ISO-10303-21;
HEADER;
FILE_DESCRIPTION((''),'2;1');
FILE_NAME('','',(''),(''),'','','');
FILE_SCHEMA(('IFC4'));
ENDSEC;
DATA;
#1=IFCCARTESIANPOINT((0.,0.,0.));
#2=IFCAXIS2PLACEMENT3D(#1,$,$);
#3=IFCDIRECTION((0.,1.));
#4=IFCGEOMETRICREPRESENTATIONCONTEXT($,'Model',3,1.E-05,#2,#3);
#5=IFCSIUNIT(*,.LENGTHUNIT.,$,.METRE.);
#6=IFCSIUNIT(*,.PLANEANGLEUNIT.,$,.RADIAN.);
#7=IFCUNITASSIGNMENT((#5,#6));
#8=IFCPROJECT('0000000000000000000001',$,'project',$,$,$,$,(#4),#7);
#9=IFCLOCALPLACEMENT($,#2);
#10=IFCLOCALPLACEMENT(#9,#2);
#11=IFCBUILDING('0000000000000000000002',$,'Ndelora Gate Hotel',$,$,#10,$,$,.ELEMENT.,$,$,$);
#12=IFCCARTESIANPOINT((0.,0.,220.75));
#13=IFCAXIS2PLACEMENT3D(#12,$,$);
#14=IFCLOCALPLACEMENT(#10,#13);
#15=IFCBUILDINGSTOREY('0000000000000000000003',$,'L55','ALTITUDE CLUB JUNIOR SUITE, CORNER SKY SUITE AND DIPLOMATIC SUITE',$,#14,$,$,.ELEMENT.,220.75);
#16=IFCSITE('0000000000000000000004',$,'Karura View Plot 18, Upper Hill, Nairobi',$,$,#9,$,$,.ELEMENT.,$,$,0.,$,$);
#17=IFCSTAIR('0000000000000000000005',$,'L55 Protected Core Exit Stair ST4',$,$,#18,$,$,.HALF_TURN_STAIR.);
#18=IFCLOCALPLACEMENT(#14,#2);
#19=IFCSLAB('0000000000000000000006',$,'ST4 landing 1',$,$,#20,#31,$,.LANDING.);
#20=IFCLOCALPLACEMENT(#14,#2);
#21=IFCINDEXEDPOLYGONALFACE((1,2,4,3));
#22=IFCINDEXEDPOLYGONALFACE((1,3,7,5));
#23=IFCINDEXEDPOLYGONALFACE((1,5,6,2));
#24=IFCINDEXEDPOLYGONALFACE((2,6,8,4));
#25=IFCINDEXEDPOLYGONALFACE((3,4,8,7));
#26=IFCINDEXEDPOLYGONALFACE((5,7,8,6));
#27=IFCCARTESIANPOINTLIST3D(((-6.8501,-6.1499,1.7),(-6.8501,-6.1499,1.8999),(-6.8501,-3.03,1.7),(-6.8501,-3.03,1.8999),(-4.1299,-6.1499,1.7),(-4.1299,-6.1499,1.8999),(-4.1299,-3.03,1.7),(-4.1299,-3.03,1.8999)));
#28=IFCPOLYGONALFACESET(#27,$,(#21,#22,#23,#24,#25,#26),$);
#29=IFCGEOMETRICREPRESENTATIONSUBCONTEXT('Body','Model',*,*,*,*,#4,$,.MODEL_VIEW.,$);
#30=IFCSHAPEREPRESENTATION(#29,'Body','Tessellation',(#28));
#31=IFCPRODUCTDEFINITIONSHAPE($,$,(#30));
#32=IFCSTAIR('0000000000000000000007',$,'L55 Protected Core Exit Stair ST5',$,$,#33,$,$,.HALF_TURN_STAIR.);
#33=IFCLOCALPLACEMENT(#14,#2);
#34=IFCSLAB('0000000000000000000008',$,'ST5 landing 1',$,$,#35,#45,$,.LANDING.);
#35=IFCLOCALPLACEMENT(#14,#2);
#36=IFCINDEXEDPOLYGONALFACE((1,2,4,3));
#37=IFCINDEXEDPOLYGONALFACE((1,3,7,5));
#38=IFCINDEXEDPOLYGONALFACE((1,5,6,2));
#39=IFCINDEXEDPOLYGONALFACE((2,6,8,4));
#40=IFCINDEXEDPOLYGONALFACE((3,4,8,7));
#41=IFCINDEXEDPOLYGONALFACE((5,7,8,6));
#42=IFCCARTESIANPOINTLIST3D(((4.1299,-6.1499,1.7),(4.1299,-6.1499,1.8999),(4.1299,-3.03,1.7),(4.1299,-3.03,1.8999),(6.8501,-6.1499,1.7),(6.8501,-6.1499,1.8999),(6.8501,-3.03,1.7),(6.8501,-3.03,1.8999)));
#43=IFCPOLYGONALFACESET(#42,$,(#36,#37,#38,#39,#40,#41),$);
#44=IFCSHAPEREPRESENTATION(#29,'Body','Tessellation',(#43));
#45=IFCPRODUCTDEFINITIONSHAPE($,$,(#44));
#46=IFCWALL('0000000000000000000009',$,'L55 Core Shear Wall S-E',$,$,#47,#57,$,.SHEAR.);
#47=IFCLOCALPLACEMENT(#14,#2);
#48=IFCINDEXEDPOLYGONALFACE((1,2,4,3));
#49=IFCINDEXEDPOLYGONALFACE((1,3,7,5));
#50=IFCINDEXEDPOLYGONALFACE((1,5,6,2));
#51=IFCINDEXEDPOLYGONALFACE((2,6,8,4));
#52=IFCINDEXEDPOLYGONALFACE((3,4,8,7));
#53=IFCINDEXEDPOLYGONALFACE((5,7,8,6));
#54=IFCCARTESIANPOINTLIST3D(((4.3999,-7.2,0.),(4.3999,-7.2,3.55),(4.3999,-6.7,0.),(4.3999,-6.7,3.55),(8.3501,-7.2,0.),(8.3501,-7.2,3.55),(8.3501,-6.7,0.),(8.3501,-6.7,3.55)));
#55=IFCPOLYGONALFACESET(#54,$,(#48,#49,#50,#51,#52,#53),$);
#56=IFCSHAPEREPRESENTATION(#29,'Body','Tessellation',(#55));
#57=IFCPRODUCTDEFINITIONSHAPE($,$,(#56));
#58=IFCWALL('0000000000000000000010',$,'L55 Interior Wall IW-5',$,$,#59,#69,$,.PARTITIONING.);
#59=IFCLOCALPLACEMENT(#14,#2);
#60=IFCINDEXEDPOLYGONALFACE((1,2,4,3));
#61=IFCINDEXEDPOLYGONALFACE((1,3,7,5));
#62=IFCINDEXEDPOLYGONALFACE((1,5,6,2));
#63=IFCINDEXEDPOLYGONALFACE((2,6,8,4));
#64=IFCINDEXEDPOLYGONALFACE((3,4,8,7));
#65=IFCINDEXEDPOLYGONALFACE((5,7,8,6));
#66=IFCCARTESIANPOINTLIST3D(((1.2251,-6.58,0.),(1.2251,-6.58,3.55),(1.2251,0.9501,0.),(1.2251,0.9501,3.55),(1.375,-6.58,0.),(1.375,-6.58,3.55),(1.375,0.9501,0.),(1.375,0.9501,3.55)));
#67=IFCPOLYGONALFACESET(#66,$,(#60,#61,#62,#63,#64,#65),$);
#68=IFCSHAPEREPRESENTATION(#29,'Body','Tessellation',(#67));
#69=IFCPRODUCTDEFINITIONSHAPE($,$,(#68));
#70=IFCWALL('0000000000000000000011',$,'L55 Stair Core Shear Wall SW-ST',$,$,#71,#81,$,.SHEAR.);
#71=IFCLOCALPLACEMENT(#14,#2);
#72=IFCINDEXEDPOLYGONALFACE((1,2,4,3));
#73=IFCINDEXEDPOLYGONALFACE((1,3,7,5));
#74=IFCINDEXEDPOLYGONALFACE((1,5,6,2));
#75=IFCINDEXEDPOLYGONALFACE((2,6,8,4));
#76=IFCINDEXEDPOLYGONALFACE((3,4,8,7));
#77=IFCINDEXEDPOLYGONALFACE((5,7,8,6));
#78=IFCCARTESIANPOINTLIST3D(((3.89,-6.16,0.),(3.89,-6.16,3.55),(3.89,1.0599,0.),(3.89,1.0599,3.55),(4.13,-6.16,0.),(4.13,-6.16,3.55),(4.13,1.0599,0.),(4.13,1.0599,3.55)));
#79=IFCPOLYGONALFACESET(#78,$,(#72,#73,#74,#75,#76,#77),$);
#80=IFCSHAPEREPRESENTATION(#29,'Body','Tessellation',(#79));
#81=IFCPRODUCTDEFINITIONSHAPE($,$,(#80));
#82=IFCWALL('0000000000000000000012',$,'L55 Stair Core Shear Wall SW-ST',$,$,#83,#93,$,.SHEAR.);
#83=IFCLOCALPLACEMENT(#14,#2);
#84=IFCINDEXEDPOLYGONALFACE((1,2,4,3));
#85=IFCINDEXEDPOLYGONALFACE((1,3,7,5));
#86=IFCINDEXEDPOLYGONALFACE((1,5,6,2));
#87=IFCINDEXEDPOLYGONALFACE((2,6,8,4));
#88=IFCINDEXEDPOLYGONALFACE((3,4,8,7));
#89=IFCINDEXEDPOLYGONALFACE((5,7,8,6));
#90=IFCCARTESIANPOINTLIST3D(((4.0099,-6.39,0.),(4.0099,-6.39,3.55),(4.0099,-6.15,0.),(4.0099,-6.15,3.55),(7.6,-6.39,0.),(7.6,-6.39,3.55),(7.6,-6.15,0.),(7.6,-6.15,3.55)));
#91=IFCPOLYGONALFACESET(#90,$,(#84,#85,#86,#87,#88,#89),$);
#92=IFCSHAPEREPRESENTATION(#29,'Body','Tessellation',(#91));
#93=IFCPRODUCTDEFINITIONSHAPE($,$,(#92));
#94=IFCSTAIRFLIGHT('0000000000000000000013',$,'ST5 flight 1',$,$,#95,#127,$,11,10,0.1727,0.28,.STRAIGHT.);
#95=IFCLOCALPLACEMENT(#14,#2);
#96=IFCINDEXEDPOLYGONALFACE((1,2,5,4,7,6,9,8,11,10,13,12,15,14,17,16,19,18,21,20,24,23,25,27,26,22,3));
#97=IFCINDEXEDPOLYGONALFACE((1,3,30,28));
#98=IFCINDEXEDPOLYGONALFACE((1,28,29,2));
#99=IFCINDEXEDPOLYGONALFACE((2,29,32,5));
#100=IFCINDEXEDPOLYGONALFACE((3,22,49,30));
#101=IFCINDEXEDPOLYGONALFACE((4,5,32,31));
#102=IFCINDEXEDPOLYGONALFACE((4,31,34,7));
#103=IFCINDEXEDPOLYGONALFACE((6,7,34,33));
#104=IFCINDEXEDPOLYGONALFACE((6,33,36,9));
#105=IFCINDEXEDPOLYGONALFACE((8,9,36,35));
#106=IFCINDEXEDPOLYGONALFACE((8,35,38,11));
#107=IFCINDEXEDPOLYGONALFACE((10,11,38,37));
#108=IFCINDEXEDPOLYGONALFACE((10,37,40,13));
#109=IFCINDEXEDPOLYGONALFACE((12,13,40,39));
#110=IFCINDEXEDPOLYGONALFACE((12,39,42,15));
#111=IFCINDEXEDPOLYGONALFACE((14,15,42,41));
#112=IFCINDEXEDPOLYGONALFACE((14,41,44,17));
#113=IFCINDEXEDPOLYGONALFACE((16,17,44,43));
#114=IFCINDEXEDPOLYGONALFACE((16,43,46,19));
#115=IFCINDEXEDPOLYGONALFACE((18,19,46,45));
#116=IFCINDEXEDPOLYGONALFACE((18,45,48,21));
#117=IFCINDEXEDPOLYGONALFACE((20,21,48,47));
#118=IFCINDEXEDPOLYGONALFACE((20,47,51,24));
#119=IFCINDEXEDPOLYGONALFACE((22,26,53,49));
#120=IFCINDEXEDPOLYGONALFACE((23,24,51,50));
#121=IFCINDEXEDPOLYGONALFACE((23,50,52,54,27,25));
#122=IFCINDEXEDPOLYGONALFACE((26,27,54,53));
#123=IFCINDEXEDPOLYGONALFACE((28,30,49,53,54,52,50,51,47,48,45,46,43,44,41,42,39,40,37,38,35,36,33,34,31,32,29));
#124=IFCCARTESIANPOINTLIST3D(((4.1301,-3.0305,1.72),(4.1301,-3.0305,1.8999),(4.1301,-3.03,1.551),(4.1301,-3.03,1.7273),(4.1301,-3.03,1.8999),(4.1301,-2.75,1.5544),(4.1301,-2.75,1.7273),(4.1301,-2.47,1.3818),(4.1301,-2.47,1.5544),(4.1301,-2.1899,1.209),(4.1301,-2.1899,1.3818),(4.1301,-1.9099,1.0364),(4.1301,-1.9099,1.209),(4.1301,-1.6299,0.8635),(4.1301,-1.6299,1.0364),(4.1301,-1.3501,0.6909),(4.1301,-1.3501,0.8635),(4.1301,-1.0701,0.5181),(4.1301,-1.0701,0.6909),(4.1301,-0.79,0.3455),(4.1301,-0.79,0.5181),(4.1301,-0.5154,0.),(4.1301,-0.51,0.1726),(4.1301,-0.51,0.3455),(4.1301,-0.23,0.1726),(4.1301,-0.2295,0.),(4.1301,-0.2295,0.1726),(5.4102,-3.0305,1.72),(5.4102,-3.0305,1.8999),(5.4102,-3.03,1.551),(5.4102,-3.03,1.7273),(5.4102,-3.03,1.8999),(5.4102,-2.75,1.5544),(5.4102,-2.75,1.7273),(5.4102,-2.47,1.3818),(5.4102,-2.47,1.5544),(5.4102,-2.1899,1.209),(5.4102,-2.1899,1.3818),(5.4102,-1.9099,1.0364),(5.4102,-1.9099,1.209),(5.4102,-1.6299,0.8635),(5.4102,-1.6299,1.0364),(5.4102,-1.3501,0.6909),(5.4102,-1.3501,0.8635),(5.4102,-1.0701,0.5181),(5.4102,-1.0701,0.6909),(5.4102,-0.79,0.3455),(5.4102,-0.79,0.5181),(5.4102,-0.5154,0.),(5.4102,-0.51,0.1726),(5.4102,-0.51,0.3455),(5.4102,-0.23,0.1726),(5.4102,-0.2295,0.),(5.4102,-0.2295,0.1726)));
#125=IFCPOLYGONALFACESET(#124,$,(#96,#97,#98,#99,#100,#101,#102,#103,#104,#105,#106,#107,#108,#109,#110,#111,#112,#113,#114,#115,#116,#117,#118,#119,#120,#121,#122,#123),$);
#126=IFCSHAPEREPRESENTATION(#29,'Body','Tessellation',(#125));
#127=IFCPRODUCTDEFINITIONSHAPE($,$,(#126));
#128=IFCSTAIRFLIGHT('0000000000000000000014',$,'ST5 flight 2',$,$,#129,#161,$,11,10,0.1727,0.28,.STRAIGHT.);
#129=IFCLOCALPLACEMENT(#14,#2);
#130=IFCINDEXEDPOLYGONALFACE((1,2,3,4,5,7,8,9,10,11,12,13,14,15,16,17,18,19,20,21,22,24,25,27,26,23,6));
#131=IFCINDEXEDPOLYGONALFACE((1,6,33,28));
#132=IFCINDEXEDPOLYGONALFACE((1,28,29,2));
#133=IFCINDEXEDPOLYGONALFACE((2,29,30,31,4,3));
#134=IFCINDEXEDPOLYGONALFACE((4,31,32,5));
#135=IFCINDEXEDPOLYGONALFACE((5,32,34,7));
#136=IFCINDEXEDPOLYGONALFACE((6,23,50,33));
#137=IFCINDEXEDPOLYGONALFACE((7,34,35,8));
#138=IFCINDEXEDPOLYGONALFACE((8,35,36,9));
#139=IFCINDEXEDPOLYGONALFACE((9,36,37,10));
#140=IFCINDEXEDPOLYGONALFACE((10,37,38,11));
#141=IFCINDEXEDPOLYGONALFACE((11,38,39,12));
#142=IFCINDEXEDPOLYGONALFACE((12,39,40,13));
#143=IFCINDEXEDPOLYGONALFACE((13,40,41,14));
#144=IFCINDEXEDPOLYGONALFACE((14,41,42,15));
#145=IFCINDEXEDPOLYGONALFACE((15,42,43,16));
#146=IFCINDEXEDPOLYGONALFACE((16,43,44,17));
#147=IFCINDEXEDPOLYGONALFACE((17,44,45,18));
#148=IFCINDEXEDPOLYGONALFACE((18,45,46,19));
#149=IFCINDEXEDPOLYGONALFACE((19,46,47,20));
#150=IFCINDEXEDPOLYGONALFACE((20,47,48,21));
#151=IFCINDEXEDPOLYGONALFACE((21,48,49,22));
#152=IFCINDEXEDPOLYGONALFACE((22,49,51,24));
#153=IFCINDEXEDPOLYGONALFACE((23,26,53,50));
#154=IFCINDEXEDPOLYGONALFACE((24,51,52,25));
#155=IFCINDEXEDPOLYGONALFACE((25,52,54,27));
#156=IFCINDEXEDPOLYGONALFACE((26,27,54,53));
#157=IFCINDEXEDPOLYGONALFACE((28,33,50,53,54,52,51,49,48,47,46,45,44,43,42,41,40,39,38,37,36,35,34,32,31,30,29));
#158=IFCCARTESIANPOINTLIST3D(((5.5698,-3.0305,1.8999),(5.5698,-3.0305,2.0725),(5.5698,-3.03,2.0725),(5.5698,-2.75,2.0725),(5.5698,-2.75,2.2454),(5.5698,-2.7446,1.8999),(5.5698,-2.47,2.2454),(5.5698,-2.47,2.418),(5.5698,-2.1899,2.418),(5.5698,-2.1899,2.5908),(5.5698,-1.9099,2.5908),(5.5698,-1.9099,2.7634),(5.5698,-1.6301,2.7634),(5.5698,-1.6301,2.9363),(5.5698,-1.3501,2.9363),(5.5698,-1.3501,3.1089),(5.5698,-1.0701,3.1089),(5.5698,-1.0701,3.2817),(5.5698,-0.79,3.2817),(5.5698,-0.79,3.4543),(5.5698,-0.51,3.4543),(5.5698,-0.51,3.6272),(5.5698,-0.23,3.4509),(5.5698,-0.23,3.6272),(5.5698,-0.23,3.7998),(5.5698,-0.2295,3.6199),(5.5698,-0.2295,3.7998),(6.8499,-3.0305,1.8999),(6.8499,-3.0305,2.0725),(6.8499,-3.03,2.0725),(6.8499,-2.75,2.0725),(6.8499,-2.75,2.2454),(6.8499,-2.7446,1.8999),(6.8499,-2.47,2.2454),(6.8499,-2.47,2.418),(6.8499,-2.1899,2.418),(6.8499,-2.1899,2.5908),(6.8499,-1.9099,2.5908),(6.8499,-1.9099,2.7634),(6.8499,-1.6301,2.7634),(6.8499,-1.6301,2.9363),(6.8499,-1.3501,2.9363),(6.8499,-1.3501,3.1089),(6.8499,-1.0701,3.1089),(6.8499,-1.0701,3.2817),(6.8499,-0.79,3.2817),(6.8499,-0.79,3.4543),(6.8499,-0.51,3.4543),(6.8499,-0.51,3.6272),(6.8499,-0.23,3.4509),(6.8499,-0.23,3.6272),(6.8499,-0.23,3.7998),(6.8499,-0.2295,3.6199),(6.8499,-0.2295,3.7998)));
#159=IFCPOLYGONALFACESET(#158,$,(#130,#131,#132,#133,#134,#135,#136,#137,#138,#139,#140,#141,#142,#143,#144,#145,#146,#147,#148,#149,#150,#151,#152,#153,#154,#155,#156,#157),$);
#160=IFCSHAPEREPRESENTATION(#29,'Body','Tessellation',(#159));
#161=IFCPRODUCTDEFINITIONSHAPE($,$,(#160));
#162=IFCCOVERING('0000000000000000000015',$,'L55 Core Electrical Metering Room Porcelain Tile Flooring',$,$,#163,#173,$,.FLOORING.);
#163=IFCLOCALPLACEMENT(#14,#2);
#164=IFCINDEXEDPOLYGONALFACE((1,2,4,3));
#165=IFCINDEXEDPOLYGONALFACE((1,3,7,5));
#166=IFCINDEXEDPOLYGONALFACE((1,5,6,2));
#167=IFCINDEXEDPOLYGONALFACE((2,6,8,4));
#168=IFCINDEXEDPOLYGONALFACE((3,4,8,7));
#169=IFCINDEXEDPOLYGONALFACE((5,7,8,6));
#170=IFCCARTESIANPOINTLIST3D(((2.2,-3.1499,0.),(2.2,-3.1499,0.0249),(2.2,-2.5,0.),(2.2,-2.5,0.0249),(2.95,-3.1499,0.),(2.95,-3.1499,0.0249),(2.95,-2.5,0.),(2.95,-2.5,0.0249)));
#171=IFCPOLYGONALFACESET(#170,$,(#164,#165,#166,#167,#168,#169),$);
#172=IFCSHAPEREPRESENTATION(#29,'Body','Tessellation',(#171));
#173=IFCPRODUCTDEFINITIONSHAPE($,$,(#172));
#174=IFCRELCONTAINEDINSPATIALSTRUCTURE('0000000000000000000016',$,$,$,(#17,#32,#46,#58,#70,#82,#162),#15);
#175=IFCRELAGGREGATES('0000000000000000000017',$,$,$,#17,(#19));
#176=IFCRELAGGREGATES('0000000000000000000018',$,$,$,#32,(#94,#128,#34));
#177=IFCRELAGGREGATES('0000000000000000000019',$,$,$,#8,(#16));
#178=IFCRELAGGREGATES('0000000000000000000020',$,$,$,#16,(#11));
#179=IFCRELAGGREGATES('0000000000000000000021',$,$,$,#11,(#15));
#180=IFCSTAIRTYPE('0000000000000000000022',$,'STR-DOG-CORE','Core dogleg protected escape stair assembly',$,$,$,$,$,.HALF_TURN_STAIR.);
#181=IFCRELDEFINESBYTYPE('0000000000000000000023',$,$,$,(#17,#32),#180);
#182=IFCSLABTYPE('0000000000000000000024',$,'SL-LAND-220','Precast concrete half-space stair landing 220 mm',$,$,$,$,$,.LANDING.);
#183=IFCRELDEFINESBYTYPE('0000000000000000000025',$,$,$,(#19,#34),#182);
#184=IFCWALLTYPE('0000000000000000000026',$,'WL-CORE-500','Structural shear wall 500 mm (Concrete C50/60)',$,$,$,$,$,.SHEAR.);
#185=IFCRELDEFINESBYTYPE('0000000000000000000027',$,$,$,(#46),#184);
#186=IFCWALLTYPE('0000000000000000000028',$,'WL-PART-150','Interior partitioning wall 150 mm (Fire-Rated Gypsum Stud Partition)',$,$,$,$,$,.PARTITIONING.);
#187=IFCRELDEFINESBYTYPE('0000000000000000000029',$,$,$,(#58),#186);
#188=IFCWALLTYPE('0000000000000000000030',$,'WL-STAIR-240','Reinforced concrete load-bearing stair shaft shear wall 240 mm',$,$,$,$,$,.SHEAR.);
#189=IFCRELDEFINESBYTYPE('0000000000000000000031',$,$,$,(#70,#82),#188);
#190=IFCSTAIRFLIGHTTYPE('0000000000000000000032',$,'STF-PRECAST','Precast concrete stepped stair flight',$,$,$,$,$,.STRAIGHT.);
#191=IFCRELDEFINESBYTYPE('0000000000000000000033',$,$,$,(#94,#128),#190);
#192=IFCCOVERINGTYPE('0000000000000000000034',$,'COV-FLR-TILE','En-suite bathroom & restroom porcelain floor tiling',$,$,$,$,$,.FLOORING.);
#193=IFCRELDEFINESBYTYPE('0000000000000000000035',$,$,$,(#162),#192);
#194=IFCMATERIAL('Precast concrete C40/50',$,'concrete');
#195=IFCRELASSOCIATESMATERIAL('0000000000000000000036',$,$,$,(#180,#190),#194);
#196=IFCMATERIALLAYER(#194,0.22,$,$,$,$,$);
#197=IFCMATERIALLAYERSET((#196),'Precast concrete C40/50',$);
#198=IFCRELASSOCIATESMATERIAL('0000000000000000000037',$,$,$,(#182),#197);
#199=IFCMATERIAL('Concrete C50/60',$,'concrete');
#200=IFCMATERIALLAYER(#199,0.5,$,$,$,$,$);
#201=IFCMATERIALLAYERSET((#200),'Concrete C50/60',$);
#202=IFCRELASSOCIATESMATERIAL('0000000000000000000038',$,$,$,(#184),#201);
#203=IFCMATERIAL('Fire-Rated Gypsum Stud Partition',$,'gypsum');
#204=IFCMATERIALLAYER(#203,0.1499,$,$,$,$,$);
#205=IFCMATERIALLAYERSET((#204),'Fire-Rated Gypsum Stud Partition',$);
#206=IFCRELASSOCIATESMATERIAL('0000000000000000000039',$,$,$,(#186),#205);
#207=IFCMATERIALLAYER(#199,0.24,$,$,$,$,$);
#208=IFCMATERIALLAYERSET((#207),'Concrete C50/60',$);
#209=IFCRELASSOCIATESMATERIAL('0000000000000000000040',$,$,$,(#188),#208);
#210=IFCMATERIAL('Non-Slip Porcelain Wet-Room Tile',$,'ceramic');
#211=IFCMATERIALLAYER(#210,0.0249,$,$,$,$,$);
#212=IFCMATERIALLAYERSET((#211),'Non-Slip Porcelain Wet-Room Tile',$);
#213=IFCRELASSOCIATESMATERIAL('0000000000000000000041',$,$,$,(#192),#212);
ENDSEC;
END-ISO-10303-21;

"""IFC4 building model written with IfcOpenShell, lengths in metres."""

from ifc_helpers import new_model, si_unit, direction, frame, frame_2d, origin, origin_2d, place, context, subcontext, project, spatial, polyline, rectangle, outline, extrude, material, layer, layer_set, type_object, element, aggregate, save


model = new_model("IFC4")

# Units and contexts
model_context = context("Model", 3, precision=1e-05, world=origin(), true_north=direction((0.0, 1.0)))
body_context = subcontext(model_context, "Body", "Model", "MODEL_VIEW")
ifc_project = project(units=[si_unit("LENGTHUNIT", "METRE"), si_unit("PLANEANGLEUNIT", "RADIAN")], contexts=[model_context])

# Site, building, storey
site_placement = place(None, origin())
site = spatial("IfcSite", under=ifc_project, at=site_placement, Name="Karura View Plot 18, Upper Hill, Nairobi", CompositionType="ELEMENT", RefElevation=0.0)
building_placement = place(site_placement, origin())
building = spatial("IfcBuilding", under=site, at=building_placement, Name="Ndelora Gate Hotel", CompositionType="ELEMENT")
storey_placement = place(building_placement, frame((0.0, 0.0, 220.75)))
storey = spatial("IfcBuildingStorey", under=building, at=storey_placement, Name="L55", Description="ALTITUDE CLUB JUNIOR SUITE, CORNER SKY SUITE AND DIPLOMATIC SUITE", CompositionType="ELEMENT", Elevation=220.75)

# Stairs, slabs
ifc_material_1 = material(Name="Precast concrete C40/50", Category="concrete")
stair_type = type_object("IfcStairType", Name="STR-DOG-CORE", Description="Core dogleg protected escape stair assembly", PredefinedType="HALF_TURN_STAIR", material=ifc_material_1)
stair_1_placement = place(storey_placement, origin())
stair_1 = element("IfcStair", 1, at=stair_1_placement, inside=storey, type_object=stair_type, Name="L55 Protected Core Exit Stair ST4", PredefinedType="HALF_TURN_STAIR")
ifc_layer_1 = layer(ifc_material_1, 0.22)
ifc_layer_set_1 = layer_set([ifc_layer_1], Name="Precast concrete C40/50")
slab_type = type_object("IfcSlabType", Name="SL-LAND-220", Description="Precast concrete half-space stair landing 220 mm", PredefinedType="LANDING", material=ifc_layer_set_1)
slab_1_placement = place(storey_placement, frame((0.0, 0.0, 1.7)))
slab_1 = element("IfcSlab", 2, at=slab_1_placement, type_object=slab_type, Name="ST4 landing 1", PredefinedType="LANDING", context=body_context, shape_type="SweptSolid", body=[
    extrude(outline(polyline([(-6.8501, -3.03), (-6.8501, -6.1499), (-4.1299, -6.1499), (-4.1299, -3.03), (-6.8501, -3.03)])), origin(), (0.0, 0.0, 1.0), 0.2),
])
aggregate(stair_1, [slab_1])
stair_2_placement = place(storey_placement, origin())
stair_2 = element("IfcStair", 3, at=stair_2_placement, inside=storey, type_object=stair_type, Name="L55 Protected Core Exit Stair ST5", PredefinedType="HALF_TURN_STAIR")
slab_2_placement = place(storey_placement, frame((0.0, 0.0, 1.7)))
slab_2 = element("IfcSlab", 4, at=slab_2_placement, type_object=slab_type, Name="ST5 landing 1", PredefinedType="LANDING", context=body_context, shape_type="SweptSolid", body=[
    extrude(outline(polyline([(4.1299, -3.03), (4.1299, -6.1499), (6.8501, -6.1499), (6.8501, -3.03), (4.1299, -3.03)])), origin(), (0.0, 0.0, 1.0), 0.2),
])

# Walls
ifc_material_2 = material(Name="Concrete C50/60", Category="concrete")
ifc_layer_2 = layer(ifc_material_2, 0.5)
ifc_layer_set_2 = layer_set([ifc_layer_2], Name="Concrete C50/60")
wall_type_1 = type_object("IfcWallType", Name="WL-CORE-500", Description="Structural shear wall 500 mm (Concrete C50/60)", PredefinedType="SHEAR", material=ifc_layer_set_2)
wall_1_placement = place(storey_placement, frame((4.3999, -6.95, 0.0), z_axis=(0.0, 0.0, 1.0), x_axis=(1.0, 0.0, 0.0)))
element("IfcWall", 5, at=wall_1_placement, inside=storey, type_object=wall_type_1, Name="L55 Core Shear Wall S-E", PredefinedType="SHEAR", context=body_context, shape_type="SweptSolid", body=[
    extrude(rectangle(XDim=3.9502, YDim=0.5, at=frame_2d((1.9751, 0.0))), origin(), (0.0, 0.0, 1.0), 3.55),
])
ifc_material_3 = material(Name="Fire-Rated Gypsum Stud Partition", Category="gypsum")
ifc_layer_3 = layer(ifc_material_3, 0.1499)
ifc_layer_set_3 = layer_set([ifc_layer_3], Name="Fire-Rated Gypsum Stud Partition")
wall_type_2 = type_object("IfcWallType", Name="WL-PART-150", Description="Interior partitioning wall 150 mm (Fire-Rated Gypsum Stud Partition)", PredefinedType="PARTITIONING", material=ifc_layer_set_3)
wall_2_placement = place(storey_placement, frame((1.3, -6.5801, 0.0), z_axis=(0.0, 0.0, 1.0), x_axis=(0.0, 1.0, 0.0)))
element("IfcWall", 6, at=wall_2_placement, inside=storey, type_object=wall_type_2, Name="L55 Interior Wall IW-5", PredefinedType="PARTITIONING", context=body_context, shape_type="SweptSolid", body=[
    extrude(rectangle(XDim=7.53, YDim=0.1499, at=frame_2d((3.7651, 0.0))), origin(), (0.0, 0.0, 1.0), 3.55),
])
ifc_layer_4 = layer(ifc_material_2, 0.24)
ifc_layer_set_4 = layer_set([ifc_layer_4], Name="Concrete C50/60")
wall_type_3 = type_object("IfcWallType", Name="WL-STAIR-240", Description="Reinforced concrete load-bearing stair shaft shear wall 240 mm", PredefinedType="SHEAR", material=ifc_layer_set_4)
wall_3_placement = place(storey_placement, frame((4.01, -6.1599, 0.0), z_axis=(0.0, 0.0, 1.0), x_axis=(0.0, 1.0, 0.0)))
element("IfcWall", 7, at=wall_3_placement, inside=storey, type_object=wall_type_3, Name="L55 Stair Core Shear Wall SW-ST", PredefinedType="SHEAR", context=body_context, shape_type="SweptSolid", body=[
    extrude(rectangle(XDim=7.22, YDim=0.24, at=frame_2d((3.6099, 0.0))), origin(), (0.0, 0.0, 1.0), 3.55),
])
wall_4_placement = place(storey_placement, frame((4.01, -6.27, 0.0), z_axis=(0.0, 0.0, 1.0), x_axis=(1.0, 0.0, 0.0)))
element("IfcWall", 8, at=wall_4_placement, inside=storey, type_object=wall_type_3, Name="L55 Stair Core Shear Wall SW-ST", PredefinedType="SHEAR", context=body_context, shape_type="SweptSolid", body=[
    extrude(rectangle(XDim=3.5901, YDim=0.24, at=frame_2d((1.7949, 0.0))), origin(), (0.0, 0.0, 1.0), 3.55),
])

# Stair flights
stair_flight_type = type_object("IfcStairFlightType", Name="STF-PRECAST", Description="Precast concrete stepped stair flight", PredefinedType="STRAIGHT", material=ifc_material_1)
stair_flight_1_placement = place(storey_placement, frame((4.77, -0.23, 0.0), z_axis=(0.0, 0.0, 1.0), x_axis=(0.0, -1.0, 0.0)))
stair_flight_1 = element("IfcStairFlight", 9, at=stair_flight_1_placement, type_object=stair_flight_type, Name="ST5 flight 1", NumberOfRisers=11, NumberOfTreads=10, PredefinedType="STRAIGHT", RiserHeight=0.1727, TreadLength=0.28, context=body_context, shape_type="SweptSolid", body=[
    extrude(outline(polyline([(-0.0005, 0.0), (-0.0005, 0.1726), (0.0, 0.1726), (0.28, 0.1726), (0.28, 0.3455), (0.5601, 0.3455), (0.5601, 0.5181), (0.8401, 0.5181), (0.8401, 0.6909), (1.1201, 0.6909), (1.1201, 0.8635), (1.3999, 0.8635), (1.3999, 1.0364), (1.6799, 1.0364), (1.6799, 1.209), (1.96, 1.209), (1.96, 1.3818), (2.24, 1.3818), (2.24, 1.5544), (2.52, 1.5544), (2.52, 1.7273), (2.8, 1.7273), (2.8, 1.8999), (2.8005, 1.8999), (2.8005, 1.72), (2.8, 1.551), (0.2854, 0.0), (-0.0005, 0.0)])), frame((0.0, 0.6401, 0.0), z_axis=(0.0, -1.0, 0.0), x_axis=(1.0, 0.0, 0.0)), (0.0, 0.0, 1.0), 1.28),
])
stair_flight_2_placement = place(storey_placement, frame((6.21, -3.03, 1.8999), z_axis=(0.0, 0.0, 1.0), x_axis=(0.0, 1.0, 0.0)))
stair_flight_2 = element("IfcStairFlight", 10, at=stair_flight_2_placement, type_object=stair_flight_type, Name="ST5 flight 2", NumberOfRisers=11, NumberOfTreads=10, PredefinedType="STRAIGHT", RiserHeight=0.1727, TreadLength=0.28, context=body_context, shape_type="SweptSolid", body=[
    extrude(outline(polyline([(-0.0005, 0.0), (-0.0005, 0.1726), (0.0, 0.1726), (0.28, 0.1726), (0.28, 0.3455), (0.5601, 0.3455), (0.5601, 0.5181), (0.8401, 0.5181), (0.8401, 0.6909), (1.1201, 0.6909), (1.1201, 0.8635), (1.3999, 0.8635), (1.3999, 1.0364), (1.6799, 1.0364), (1.6799, 1.209), (1.96, 1.209), (1.96, 1.3818), (2.24, 1.3818), (2.24, 1.5544), (2.52, 1.5544), (2.52, 1.7273), (2.8, 1.7273), (2.8, 1.8999), (2.8005, 1.8999), (2.8005, 1.72), (2.8, 1.551), (0.2854, 0.0), (-0.0005, 0.0)])), frame((0.0, 0.6401, 0.0), z_axis=(0.0, -1.0, 0.0), x_axis=(1.0, 0.0, 0.0)), (0.0, 0.0, 1.0), 1.28),
])
aggregate(stair_2, [stair_flight_1, stair_flight_2, slab_2])

# Covering
ifc_material_4 = material(Name="Non-Slip Porcelain Wet-Room Tile", Category="ceramic")
ifc_layer_5 = layer(ifc_material_4, 0.0249)
ifc_layer_set_5 = layer_set([ifc_layer_5], Name="Non-Slip Porcelain Wet-Room Tile")
covering_type = type_object("IfcCoveringType", Name="COV-FLR-TILE", Description="En-suite bathroom & restroom porcelain floor tiling", PredefinedType="FLOORING", material=ifc_layer_set_5)
covering_placement = place(storey_placement, frame((2.575, -2.825, 0.0), z_axis=(0.0, 0.0, 1.0), x_axis=(1.0, 0.0, 0.0)))
element("IfcCovering", 11, at=covering_placement, inside=storey, type_object=covering_type, Name="L55 Core Electrical Metering Room Porcelain Tile Flooring", PredefinedType="FLOORING", context=body_context, shape_type="SweptSolid", body=[
    extrude(rectangle(XDim=0.75, YDim=0.6499, at=origin_2d()), origin(), (0.0, 0.0, 1.0), 0.0249),
])

save(model, "model.ifc")
